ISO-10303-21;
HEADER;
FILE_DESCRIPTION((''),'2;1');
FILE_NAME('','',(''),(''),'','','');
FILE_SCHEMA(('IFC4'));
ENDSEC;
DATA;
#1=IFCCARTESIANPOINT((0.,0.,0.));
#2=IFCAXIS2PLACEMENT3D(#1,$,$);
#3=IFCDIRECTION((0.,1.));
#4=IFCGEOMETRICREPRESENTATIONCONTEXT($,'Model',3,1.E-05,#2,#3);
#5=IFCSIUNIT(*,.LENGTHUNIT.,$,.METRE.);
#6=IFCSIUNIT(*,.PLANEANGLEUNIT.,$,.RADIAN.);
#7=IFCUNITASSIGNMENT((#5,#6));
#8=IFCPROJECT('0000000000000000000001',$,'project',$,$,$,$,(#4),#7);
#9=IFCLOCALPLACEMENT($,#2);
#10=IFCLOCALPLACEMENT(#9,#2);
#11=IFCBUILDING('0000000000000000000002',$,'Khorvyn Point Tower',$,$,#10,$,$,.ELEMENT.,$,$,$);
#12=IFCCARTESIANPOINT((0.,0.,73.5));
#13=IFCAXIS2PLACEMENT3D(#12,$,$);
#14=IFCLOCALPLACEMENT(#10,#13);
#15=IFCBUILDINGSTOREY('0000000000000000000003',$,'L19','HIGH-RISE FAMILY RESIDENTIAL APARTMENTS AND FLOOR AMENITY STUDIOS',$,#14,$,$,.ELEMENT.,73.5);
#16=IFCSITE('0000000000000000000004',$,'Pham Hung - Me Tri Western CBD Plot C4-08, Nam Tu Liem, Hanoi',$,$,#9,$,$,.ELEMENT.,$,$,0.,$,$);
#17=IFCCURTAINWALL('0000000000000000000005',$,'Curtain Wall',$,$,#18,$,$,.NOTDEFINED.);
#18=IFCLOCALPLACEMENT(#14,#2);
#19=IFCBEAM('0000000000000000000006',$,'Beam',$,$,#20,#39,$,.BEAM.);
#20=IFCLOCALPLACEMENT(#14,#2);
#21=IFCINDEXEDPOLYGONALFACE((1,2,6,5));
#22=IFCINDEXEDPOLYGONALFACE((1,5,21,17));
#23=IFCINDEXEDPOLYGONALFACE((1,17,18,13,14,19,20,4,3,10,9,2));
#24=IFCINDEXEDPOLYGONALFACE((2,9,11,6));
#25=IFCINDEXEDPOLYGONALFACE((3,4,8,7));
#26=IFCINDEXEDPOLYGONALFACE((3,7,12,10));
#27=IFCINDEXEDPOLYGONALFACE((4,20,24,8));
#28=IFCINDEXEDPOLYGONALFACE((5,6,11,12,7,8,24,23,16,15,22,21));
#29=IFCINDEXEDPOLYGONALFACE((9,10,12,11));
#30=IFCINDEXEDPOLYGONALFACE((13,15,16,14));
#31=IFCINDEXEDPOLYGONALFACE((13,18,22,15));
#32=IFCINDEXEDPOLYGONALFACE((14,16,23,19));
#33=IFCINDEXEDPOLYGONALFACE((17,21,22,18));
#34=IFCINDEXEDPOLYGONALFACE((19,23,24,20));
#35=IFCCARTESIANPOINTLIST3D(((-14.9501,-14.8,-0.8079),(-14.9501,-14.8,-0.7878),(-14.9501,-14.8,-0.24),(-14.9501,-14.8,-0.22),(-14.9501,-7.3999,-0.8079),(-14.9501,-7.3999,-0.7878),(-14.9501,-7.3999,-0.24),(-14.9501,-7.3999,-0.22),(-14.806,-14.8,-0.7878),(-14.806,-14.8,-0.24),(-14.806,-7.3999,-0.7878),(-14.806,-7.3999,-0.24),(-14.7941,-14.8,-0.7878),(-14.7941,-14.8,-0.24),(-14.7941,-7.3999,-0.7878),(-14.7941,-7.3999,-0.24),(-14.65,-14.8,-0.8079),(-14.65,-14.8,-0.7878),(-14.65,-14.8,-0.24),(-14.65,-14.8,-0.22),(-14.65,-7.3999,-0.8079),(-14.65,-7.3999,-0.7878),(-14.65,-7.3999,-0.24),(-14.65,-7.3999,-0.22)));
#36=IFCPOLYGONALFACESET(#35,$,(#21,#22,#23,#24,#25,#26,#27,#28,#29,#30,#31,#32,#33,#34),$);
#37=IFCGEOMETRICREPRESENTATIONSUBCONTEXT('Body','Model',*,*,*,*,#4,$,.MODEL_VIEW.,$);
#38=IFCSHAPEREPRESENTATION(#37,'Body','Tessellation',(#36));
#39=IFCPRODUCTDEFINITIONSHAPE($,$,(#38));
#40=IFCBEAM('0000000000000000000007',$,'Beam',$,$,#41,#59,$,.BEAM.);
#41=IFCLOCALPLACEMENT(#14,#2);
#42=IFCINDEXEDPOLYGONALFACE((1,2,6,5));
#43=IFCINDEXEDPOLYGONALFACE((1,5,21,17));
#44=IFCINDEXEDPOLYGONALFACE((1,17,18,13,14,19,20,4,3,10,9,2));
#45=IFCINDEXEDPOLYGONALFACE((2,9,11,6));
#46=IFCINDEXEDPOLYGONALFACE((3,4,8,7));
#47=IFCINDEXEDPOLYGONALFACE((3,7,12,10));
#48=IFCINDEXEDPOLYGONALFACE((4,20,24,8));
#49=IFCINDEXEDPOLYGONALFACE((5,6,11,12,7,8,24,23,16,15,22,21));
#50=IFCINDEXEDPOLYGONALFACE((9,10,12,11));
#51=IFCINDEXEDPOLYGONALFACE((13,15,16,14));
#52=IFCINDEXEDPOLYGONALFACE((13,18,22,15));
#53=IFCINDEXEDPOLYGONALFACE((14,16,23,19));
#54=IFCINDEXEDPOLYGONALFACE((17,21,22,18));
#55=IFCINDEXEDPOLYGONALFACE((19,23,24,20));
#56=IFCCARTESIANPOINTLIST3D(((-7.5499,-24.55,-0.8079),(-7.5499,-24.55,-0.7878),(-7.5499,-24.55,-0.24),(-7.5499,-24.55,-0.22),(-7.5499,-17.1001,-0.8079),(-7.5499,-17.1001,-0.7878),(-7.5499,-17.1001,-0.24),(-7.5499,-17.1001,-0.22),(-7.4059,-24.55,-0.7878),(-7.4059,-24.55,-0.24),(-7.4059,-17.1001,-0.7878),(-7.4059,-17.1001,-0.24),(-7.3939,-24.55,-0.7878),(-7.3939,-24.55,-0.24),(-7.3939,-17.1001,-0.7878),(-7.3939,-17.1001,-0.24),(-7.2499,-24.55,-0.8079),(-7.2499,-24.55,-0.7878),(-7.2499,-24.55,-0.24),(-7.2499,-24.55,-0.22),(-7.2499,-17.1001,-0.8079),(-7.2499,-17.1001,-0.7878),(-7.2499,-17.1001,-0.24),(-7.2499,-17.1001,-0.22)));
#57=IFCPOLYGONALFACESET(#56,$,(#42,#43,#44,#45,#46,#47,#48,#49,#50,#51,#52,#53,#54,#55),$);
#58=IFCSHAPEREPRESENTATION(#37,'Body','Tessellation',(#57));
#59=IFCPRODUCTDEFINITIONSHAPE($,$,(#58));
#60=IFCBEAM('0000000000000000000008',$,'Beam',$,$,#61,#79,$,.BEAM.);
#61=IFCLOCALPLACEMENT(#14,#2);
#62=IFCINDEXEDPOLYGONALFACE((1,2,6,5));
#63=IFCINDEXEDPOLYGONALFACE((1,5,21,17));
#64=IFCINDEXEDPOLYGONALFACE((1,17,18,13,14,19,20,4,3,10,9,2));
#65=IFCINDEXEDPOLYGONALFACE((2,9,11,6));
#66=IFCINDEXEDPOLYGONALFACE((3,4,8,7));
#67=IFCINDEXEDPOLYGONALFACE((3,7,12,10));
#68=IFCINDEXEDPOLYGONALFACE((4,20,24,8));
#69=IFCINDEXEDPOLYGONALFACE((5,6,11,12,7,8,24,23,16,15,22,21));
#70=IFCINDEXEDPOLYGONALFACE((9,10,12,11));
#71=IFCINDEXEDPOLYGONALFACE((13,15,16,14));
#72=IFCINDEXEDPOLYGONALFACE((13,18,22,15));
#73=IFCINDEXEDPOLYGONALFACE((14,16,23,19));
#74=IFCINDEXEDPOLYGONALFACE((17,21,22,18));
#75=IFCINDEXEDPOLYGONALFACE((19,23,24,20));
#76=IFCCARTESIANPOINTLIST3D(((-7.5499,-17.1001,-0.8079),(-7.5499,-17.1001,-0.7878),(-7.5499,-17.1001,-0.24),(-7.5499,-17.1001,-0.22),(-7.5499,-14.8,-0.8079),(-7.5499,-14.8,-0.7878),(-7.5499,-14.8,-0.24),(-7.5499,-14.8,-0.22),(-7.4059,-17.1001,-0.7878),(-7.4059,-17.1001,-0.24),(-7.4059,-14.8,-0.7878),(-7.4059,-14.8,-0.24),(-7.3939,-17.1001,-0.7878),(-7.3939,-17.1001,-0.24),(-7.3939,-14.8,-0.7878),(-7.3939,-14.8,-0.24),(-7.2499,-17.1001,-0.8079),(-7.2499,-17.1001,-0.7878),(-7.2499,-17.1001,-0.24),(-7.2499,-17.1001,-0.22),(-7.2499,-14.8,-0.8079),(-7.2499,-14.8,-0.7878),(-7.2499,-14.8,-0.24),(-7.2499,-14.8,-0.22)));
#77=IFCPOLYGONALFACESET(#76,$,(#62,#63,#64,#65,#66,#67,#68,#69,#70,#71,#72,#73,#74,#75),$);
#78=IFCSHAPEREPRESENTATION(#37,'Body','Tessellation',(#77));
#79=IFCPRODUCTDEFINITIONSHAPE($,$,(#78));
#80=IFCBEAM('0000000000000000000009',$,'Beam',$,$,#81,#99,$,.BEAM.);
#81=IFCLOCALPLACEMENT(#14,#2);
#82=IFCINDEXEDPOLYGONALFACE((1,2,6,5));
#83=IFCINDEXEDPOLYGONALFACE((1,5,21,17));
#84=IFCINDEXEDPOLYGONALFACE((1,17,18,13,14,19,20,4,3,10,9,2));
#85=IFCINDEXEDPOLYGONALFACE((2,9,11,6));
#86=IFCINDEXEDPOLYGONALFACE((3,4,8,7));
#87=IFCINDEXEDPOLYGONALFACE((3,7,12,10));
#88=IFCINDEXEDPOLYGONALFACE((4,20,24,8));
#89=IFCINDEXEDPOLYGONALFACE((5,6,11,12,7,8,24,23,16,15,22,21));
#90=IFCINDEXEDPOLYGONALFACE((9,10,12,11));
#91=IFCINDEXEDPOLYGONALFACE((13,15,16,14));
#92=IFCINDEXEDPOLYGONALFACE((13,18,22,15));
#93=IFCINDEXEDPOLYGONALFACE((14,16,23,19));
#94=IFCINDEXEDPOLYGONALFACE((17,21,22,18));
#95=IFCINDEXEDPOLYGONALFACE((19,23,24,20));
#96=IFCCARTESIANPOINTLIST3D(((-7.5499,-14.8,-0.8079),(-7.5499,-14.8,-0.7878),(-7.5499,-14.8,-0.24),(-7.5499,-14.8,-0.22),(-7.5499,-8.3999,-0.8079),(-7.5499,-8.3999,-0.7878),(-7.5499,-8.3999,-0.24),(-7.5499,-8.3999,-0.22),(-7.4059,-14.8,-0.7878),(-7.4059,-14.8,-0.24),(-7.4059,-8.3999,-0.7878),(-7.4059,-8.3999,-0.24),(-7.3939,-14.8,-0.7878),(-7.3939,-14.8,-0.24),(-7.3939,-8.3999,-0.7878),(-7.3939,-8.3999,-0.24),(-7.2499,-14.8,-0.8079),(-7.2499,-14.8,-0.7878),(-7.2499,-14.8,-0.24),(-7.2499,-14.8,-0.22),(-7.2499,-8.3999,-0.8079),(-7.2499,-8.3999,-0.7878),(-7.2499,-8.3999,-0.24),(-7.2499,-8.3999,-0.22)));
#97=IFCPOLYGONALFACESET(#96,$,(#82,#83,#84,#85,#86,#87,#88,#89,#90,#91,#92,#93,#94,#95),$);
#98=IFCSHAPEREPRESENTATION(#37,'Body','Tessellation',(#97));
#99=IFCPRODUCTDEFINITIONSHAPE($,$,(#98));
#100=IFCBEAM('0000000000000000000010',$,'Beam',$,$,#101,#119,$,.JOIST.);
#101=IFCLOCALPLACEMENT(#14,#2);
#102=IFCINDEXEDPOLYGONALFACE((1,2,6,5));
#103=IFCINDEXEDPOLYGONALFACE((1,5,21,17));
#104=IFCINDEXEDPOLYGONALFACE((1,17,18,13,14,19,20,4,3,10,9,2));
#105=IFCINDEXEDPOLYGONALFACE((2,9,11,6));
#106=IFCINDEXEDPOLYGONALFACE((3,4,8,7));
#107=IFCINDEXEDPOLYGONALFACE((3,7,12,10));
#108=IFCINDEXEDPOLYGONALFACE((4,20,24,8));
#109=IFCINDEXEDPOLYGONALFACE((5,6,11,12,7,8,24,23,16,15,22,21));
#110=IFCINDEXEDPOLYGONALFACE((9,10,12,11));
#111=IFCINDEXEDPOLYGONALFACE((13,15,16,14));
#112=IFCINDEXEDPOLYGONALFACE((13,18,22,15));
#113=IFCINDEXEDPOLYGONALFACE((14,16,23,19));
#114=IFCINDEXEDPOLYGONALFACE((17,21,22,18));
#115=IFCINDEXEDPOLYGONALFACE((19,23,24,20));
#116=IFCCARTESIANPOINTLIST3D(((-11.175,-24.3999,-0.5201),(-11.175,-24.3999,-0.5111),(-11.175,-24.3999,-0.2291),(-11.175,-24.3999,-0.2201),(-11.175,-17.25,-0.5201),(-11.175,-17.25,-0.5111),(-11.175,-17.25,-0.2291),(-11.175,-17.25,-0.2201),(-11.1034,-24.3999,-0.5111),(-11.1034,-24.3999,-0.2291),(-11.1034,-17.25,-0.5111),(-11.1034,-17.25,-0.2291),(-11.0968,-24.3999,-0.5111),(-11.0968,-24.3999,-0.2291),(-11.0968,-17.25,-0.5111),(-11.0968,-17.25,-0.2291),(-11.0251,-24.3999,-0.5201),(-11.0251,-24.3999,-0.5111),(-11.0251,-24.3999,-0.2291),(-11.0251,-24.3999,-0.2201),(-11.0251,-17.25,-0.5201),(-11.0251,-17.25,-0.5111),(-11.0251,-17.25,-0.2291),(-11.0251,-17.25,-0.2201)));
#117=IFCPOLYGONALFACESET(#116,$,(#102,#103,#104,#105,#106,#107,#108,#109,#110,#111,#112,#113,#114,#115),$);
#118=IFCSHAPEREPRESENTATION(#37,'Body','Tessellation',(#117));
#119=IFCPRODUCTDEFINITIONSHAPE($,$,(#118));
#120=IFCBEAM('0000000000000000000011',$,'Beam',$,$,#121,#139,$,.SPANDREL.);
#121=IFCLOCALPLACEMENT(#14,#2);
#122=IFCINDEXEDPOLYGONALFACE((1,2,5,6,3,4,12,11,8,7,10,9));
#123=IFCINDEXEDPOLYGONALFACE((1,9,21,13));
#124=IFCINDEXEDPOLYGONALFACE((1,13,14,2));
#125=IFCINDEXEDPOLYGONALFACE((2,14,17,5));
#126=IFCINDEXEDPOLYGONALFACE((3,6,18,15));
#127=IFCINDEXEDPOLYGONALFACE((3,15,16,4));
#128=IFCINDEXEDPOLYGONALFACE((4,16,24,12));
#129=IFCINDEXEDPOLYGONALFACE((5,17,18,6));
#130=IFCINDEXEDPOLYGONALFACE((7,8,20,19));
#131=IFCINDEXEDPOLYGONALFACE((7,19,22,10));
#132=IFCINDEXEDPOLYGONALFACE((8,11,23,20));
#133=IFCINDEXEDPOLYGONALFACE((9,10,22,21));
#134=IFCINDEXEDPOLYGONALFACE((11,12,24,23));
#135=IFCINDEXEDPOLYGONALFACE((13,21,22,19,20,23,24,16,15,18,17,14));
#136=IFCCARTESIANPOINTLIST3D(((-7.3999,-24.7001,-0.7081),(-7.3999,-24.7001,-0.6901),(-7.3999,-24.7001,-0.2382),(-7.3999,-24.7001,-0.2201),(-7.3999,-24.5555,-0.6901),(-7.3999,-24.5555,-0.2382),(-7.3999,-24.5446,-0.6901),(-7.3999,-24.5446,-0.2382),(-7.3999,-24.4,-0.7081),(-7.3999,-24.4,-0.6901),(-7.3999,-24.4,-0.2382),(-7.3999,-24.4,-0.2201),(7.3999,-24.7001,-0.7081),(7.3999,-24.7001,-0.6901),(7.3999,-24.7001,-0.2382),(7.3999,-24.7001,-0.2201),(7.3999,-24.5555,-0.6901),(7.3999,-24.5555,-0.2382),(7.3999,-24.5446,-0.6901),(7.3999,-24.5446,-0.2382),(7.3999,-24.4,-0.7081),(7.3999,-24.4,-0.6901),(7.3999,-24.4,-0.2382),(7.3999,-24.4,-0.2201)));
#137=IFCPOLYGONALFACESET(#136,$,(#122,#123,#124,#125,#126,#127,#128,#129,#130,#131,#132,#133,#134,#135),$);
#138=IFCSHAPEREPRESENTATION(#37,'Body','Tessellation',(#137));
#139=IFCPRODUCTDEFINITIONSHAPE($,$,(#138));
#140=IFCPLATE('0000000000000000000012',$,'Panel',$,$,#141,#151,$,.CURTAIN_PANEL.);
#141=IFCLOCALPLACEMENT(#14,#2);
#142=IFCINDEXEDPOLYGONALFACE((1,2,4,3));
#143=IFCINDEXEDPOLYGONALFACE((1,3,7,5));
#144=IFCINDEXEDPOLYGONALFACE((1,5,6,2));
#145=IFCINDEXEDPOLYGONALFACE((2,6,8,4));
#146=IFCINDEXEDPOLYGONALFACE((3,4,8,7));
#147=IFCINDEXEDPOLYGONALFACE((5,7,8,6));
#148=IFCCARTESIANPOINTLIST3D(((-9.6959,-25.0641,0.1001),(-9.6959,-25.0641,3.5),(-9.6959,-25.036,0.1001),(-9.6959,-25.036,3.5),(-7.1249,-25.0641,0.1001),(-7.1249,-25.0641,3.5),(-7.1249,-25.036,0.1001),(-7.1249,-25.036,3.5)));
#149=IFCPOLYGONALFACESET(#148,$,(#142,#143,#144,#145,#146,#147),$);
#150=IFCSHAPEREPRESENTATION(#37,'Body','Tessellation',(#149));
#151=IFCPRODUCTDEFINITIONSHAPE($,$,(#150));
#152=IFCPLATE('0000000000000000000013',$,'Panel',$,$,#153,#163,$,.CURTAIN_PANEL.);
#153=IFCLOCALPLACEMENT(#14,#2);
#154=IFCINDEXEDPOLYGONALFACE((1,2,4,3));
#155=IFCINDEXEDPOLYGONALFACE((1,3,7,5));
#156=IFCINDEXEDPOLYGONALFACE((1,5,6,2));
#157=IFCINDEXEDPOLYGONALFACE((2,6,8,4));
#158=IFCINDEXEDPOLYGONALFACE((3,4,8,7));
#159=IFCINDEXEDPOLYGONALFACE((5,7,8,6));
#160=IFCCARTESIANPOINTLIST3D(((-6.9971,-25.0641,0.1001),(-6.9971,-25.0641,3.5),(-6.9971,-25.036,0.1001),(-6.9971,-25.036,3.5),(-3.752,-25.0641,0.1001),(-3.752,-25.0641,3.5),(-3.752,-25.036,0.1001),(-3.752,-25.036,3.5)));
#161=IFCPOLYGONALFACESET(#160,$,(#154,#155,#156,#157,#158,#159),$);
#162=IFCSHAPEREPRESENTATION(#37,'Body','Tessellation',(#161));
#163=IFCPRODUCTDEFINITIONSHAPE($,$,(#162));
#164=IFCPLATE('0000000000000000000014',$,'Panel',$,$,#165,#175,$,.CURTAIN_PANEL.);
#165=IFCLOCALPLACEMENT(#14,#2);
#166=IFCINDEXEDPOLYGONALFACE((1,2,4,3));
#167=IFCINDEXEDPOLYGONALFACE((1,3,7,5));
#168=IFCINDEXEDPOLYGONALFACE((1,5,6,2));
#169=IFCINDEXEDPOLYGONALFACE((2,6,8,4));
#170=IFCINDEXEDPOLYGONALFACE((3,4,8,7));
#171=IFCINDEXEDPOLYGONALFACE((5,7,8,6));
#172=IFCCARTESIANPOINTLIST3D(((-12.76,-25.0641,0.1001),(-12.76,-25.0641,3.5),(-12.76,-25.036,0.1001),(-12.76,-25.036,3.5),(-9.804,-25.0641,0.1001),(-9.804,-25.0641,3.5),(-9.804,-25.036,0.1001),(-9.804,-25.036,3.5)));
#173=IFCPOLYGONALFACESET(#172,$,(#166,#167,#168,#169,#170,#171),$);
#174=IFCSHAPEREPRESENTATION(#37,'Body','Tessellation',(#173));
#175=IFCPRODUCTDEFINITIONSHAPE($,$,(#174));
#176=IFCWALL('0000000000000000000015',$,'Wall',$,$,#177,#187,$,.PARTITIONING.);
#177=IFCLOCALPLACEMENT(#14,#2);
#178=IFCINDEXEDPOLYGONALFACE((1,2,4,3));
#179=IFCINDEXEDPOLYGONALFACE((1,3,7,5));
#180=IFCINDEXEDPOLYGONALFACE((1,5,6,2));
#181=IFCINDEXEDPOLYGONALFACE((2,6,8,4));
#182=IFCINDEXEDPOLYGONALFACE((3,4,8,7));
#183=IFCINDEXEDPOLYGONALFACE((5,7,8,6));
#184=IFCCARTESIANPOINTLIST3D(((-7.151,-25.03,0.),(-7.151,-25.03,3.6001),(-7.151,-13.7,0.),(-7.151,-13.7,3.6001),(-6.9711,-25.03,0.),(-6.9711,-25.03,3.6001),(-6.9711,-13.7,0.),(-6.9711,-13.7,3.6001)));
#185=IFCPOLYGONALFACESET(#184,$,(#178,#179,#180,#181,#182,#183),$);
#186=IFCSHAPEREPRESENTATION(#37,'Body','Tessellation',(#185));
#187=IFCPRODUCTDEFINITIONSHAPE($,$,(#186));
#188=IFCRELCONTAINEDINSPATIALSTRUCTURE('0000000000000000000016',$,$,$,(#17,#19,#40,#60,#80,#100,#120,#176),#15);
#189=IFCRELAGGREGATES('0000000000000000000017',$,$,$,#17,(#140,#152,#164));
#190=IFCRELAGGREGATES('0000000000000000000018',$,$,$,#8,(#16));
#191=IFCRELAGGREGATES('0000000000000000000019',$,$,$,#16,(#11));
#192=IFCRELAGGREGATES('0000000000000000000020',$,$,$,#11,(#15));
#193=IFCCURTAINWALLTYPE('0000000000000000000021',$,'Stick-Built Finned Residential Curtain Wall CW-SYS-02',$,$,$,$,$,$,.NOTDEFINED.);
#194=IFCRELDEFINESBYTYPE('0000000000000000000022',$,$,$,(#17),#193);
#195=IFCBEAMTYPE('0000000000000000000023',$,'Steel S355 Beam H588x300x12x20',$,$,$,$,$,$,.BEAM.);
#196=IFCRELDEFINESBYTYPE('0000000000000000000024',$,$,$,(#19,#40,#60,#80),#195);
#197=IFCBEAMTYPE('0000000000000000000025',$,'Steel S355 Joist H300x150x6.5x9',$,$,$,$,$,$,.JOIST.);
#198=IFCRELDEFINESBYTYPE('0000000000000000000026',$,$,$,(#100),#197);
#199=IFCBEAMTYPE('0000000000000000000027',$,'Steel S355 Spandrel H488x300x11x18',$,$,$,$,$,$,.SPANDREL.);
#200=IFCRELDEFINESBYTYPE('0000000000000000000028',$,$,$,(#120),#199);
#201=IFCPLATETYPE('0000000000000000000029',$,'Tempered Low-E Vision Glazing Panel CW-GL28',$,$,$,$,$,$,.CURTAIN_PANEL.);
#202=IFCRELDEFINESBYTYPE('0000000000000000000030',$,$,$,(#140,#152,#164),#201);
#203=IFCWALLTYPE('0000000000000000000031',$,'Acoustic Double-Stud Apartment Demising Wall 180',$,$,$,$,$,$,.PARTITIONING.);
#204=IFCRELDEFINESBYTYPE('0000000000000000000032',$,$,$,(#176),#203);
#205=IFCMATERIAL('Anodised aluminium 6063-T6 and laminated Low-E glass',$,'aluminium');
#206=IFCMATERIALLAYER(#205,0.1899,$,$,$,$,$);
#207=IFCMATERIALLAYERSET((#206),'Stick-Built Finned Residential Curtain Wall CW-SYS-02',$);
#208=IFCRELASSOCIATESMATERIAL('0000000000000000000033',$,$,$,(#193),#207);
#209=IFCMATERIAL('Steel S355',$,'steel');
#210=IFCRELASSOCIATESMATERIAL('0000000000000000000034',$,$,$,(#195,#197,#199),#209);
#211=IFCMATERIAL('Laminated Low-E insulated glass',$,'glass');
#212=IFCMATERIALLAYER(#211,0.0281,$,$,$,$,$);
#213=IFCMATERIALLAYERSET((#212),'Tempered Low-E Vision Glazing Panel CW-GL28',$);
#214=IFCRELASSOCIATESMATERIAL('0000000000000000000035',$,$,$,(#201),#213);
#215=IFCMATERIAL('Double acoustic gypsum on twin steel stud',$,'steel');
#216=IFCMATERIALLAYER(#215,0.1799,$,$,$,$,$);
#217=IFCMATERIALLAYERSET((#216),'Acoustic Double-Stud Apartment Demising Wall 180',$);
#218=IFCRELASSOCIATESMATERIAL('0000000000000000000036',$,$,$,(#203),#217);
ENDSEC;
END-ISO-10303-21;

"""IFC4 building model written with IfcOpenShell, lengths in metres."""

from ifc_helpers import new_model, si_unit, direction, frame, frame_2d, origin, origin_2d, place, context, subcontext, project, spatial, rectangle, i_section, extrude, material, layer, layer_set, material_profile, profile_set, type_object, element, aggregate, save


model = new_model("IFC4")

# Units and contexts
model_context = context("Model", 3, precision=1e-05, world=origin(), true_north=direction((0.0, 1.0)))
body_context = subcontext(model_context, "Body", "Model", "MODEL_VIEW")
ifc_project = project(units=[si_unit("LENGTHUNIT", "METRE"), si_unit("PLANEANGLEUNIT", "RADIAN")], contexts=[model_context])

# Site, building, storey
site_placement = place(None, origin())
site = spatial("IfcSite", under=ifc_project, at=site_placement, Name="Pham Hung - Me Tri Western CBD Plot C4-08, Nam Tu Liem, Hanoi", CompositionType="ELEMENT", RefElevation=0.0)
building_placement = place(site_placement, origin())
building = spatial("IfcBuilding", under=site, at=building_placement, Name="Khorvyn Point Tower", CompositionType="ELEMENT")
storey_placement = place(building_placement, frame((0.0, 0.0, 73.5)))
storey = spatial("IfcBuildingStorey", under=building, at=storey_placement, Name="L19", Description="HIGH-RISE FAMILY RESIDENTIAL APARTMENTS AND FLOOR AMENITY STUDIOS", CompositionType="ELEMENT", Elevation=73.5)

# Curtain wall
ifc_material_1 = material(Name="Anodised aluminium 6063-T6 and laminated Low-E glass", Category="aluminium")
ifc_layer_1 = layer(ifc_material_1, 0.1899)
ifc_layer_set_1 = layer_set([ifc_layer_1], Name="Stick-Built Finned Residential Curtain Wall CW-SYS-02")
curtain_wall_type = type_object("IfcCurtainWallType", Name="Stick-Built Finned Residential Curtain Wall CW-SYS-02", PredefinedType="NOTDEFINED", material=ifc_layer_set_1)
curtain_wall_placement = place(storey_placement, origin())
curtain_wall = element("IfcCurtainWall", 1, at=curtain_wall_placement, inside=storey, type_object=curtain_wall_type, Name="Curtain Wall", PredefinedType="NOTDEFINED")

# Beams
ifc_material_2 = material(Name="Steel S355", Category="steel")
ifc_material_profile_1 = material_profile(ifc_material_2, i_section(OverallWidth=0.3, OverallDepth=0.5879, WebThickness=0.012, FlangeThickness=0.02, at=origin_2d()))
ifc_profile_set_1 = profile_set([ifc_material_profile_1], Name="Steel S355 H588x300x12x20")
beam_type_1 = type_object("IfcBeamType", Name="Steel S355 Beam H588x300x12x20", PredefinedType="BEAM", material=ifc_profile_set_1)
beam_1_placement = place(storey_placement, frame((-14.8, -14.8, -0.5139), z_axis=(0.0, 1.0, 0.0), x_axis=(-1.0, 0.0, 0.0)))
element("IfcBeam", 2, at=beam_1_placement, inside=storey, type_object=beam_type_1, Name="Beam", PredefinedType="BEAM", context=body_context, shape_type="SweptSolid", body=[
    extrude(i_section(OverallWidth=0.3, OverallDepth=0.5879, WebThickness=0.012, FlangeThickness=0.02, at=origin_2d()), origin(), (0.0, 0.0, 1.0), 7.4001),
])
beam_2_placement = place(storey_placement, frame((-7.3999, -24.55, -0.5139), z_axis=(0.0, 1.0, 0.0), x_axis=(-1.0, 0.0, 0.0)))
element("IfcBeam", 3, at=beam_2_placement, inside=storey, type_object=beam_type_1, Name="Beam", PredefinedType="BEAM", context=body_context, shape_type="SweptSolid", body=[
    extrude(i_section(OverallWidth=0.3, OverallDepth=0.5879, WebThickness=0.012, FlangeThickness=0.02, at=origin_2d()), origin(), (0.0, 0.0, 1.0), 7.45),
])
beam_3_placement = place(storey_placement, frame((-7.3999, -17.1001, -0.5139), z_axis=(0.0, 1.0, 0.0), x_axis=(-1.0, 0.0, 0.0)))
element("IfcBeam", 4, at=beam_3_placement, inside=storey, type_object=beam_type_1, Name="Beam", PredefinedType="BEAM", context=body_context, shape_type="SweptSolid", body=[
    extrude(i_section(OverallWidth=0.3, OverallDepth=0.5879, WebThickness=0.012, FlangeThickness=0.02, at=origin_2d()), origin(), (0.0, 0.0, 1.0), 2.3),
])
beam_4_placement = place(storey_placement, frame((-7.3999, -14.8, -0.5139), z_axis=(0.0, 1.0, 0.0), x_axis=(-1.0, 0.0, 0.0)))
element("IfcBeam", 5, at=beam_4_placement, inside=storey, type_object=beam_type_1, Name="Beam", PredefinedType="BEAM", context=body_context, shape_type="SweptSolid", body=[
    extrude(i_section(OverallWidth=0.3, OverallDepth=0.5879, WebThickness=0.012, FlangeThickness=0.02, at=origin_2d()), origin(), (0.0, 0.0, 1.0), 6.4001),
])
ifc_material_profile_2 = material_profile(ifc_material_2, i_section(OverallWidth=0.1499, OverallDepth=0.3, WebThickness=0.0066, FlangeThickness=0.009, at=origin_2d()))
ifc_profile_set_2 = profile_set([ifc_material_profile_2], Name="Steel S355 H300x150x6.5x9")
beam_type_2 = type_object("IfcBeamType", Name="Steel S355 Joist H300x150x6.5x9", PredefinedType="JOIST", material=ifc_profile_set_2)
beam_5_placement = place(storey_placement, frame((-11.1001, -24.3999, -0.3701), z_axis=(0.0, 1.0, 0.0), x_axis=(-1.0, 0.0, 0.0)))
element("IfcBeam", 6, at=beam_5_placement, inside=storey, type_object=beam_type_2, Name="Beam", PredefinedType="JOIST", context=body_context, shape_type="SweptSolid", body=[
    extrude(i_section(OverallWidth=0.1499, OverallDepth=0.3, WebThickness=0.0066, FlangeThickness=0.009, at=origin_2d()), origin(), (0.0, 0.0, 1.0), 7.1499),
])
ifc_material_profile_3 = material_profile(ifc_material_2, i_section(OverallWidth=0.3, OverallDepth=0.488, WebThickness=0.011, FlangeThickness=0.0181, at=origin_2d()))
ifc_profile_set_3 = profile_set([ifc_material_profile_3], Name="Steel S355 H488x300x11x18")
beam_type_3 = type_object("IfcBeamType", Name="Steel S355 Spandrel H488x300x11x18", PredefinedType="SPANDREL", material=ifc_profile_set_3)
beam_6_placement = place(storey_placement, frame((-7.3999, -24.55, -0.4641), z_axis=(1.0, 0.0, 0.0), x_axis=(0.0, 1.0, 0.0)))
element("IfcBeam", 7, at=beam_6_placement, inside=storey, type_object=beam_type_3, Name="Beam", PredefinedType="SPANDREL", context=body_context, shape_type="SweptSolid", body=[
    extrude(i_section(OverallWidth=0.3, OverallDepth=0.488, WebThickness=0.011, FlangeThickness=0.0181, at=origin_2d()), origin(), (0.0, 0.0, 1.0), 14.7998),
])

# Plates
ifc_material_3 = material(Name="Laminated Low-E insulated glass", Category="glass")
ifc_layer_2 = layer(ifc_material_3, 0.0281)
ifc_layer_set_2 = layer_set([ifc_layer_2], Name="Tempered Low-E Vision Glazing Panel CW-GL28")
plate_type = type_object("IfcPlateType", Name="Tempered Low-E Vision Glazing Panel CW-GL28", PredefinedType="CURTAIN_PANEL", material=ifc_layer_set_2)
plate_1_placement = place(storey_placement, frame((-8.4104, -25.05, 0.1001), z_axis=(0.0, 0.0, 1.0), x_axis=(-1.0, 0.0, 0.0)))
plate_1 = element("IfcPlate", 8, at=plate_1_placement, type_object=plate_type, Name="Panel", PredefinedType="CURTAIN_PANEL", context=body_context, shape_type="SweptSolid", body=[
    extrude(rectangle(XDim=2.571, YDim=0.0281, at=origin_2d()), origin(), (0.0, 0.0, 1.0), 3.3999),
])
plate_2_placement = place(storey_placement, frame((-5.3745, -25.05, 0.1001), z_axis=(0.0, 0.0, 1.0), x_axis=(-1.0, 0.0, 0.0)))
plate_2 = element("IfcPlate", 9, at=plate_2_placement, type_object=plate_type, Name="Panel", PredefinedType="CURTAIN_PANEL", context=body_context, shape_type="SweptSolid", body=[
    extrude(rectangle(XDim=3.2451, YDim=0.0281, at=origin_2d()), origin(), (0.0, 0.0, 1.0), 3.3999),
])
plate_3_placement = place(storey_placement, frame((-11.282, -25.05, 0.1001), z_axis=(0.0, 0.0, 1.0), x_axis=(-1.0, 0.0, 0.0)))
plate_3 = element("IfcPlate", 10, at=plate_3_placement, type_object=plate_type, Name="Panel", PredefinedType="CURTAIN_PANEL", context=body_context, shape_type="SweptSolid", body=[
    extrude(rectangle(XDim=2.9561, YDim=0.0281, at=origin_2d()), origin(), (0.0, 0.0, 1.0), 3.3999),
])
aggregate(curtain_wall, [plate_1, plate_2, plate_3])

# Wall
ifc_material_4 = material(Name="Double acoustic gypsum on twin steel stud", Category="steel")
ifc_layer_3 = layer(ifc_material_4, 0.1799)
ifc_layer_set_3 = layer_set([ifc_layer_3], Name="Acoustic Double-Stud Apartment Demising Wall 180")
wall_type_1 = type_object("IfcWallType", Name="Acoustic Double-Stud Apartment Demising Wall 180", PredefinedType="PARTITIONING", material=ifc_layer_set_3)
wall_1_placement = place(storey_placement, frame((-7.061, -25.03, 0.0), z_axis=(0.0, 0.0, 1.0), x_axis=(0.0, 1.0, 0.0)))
element("IfcWall", 11, at=wall_1_placement, inside=storey, type_object=wall_type_1, Name="Wall", PredefinedType="PARTITIONING", context=body_context, shape_type="SweptSolid", body=[
    extrude(rectangle(XDim=11.3301, YDim=0.1799, at=frame_2d((5.665, 0.0))), origin(), (0.0, 0.0, 1.0), 3.6001),
])

save(model, "model.ifc")
